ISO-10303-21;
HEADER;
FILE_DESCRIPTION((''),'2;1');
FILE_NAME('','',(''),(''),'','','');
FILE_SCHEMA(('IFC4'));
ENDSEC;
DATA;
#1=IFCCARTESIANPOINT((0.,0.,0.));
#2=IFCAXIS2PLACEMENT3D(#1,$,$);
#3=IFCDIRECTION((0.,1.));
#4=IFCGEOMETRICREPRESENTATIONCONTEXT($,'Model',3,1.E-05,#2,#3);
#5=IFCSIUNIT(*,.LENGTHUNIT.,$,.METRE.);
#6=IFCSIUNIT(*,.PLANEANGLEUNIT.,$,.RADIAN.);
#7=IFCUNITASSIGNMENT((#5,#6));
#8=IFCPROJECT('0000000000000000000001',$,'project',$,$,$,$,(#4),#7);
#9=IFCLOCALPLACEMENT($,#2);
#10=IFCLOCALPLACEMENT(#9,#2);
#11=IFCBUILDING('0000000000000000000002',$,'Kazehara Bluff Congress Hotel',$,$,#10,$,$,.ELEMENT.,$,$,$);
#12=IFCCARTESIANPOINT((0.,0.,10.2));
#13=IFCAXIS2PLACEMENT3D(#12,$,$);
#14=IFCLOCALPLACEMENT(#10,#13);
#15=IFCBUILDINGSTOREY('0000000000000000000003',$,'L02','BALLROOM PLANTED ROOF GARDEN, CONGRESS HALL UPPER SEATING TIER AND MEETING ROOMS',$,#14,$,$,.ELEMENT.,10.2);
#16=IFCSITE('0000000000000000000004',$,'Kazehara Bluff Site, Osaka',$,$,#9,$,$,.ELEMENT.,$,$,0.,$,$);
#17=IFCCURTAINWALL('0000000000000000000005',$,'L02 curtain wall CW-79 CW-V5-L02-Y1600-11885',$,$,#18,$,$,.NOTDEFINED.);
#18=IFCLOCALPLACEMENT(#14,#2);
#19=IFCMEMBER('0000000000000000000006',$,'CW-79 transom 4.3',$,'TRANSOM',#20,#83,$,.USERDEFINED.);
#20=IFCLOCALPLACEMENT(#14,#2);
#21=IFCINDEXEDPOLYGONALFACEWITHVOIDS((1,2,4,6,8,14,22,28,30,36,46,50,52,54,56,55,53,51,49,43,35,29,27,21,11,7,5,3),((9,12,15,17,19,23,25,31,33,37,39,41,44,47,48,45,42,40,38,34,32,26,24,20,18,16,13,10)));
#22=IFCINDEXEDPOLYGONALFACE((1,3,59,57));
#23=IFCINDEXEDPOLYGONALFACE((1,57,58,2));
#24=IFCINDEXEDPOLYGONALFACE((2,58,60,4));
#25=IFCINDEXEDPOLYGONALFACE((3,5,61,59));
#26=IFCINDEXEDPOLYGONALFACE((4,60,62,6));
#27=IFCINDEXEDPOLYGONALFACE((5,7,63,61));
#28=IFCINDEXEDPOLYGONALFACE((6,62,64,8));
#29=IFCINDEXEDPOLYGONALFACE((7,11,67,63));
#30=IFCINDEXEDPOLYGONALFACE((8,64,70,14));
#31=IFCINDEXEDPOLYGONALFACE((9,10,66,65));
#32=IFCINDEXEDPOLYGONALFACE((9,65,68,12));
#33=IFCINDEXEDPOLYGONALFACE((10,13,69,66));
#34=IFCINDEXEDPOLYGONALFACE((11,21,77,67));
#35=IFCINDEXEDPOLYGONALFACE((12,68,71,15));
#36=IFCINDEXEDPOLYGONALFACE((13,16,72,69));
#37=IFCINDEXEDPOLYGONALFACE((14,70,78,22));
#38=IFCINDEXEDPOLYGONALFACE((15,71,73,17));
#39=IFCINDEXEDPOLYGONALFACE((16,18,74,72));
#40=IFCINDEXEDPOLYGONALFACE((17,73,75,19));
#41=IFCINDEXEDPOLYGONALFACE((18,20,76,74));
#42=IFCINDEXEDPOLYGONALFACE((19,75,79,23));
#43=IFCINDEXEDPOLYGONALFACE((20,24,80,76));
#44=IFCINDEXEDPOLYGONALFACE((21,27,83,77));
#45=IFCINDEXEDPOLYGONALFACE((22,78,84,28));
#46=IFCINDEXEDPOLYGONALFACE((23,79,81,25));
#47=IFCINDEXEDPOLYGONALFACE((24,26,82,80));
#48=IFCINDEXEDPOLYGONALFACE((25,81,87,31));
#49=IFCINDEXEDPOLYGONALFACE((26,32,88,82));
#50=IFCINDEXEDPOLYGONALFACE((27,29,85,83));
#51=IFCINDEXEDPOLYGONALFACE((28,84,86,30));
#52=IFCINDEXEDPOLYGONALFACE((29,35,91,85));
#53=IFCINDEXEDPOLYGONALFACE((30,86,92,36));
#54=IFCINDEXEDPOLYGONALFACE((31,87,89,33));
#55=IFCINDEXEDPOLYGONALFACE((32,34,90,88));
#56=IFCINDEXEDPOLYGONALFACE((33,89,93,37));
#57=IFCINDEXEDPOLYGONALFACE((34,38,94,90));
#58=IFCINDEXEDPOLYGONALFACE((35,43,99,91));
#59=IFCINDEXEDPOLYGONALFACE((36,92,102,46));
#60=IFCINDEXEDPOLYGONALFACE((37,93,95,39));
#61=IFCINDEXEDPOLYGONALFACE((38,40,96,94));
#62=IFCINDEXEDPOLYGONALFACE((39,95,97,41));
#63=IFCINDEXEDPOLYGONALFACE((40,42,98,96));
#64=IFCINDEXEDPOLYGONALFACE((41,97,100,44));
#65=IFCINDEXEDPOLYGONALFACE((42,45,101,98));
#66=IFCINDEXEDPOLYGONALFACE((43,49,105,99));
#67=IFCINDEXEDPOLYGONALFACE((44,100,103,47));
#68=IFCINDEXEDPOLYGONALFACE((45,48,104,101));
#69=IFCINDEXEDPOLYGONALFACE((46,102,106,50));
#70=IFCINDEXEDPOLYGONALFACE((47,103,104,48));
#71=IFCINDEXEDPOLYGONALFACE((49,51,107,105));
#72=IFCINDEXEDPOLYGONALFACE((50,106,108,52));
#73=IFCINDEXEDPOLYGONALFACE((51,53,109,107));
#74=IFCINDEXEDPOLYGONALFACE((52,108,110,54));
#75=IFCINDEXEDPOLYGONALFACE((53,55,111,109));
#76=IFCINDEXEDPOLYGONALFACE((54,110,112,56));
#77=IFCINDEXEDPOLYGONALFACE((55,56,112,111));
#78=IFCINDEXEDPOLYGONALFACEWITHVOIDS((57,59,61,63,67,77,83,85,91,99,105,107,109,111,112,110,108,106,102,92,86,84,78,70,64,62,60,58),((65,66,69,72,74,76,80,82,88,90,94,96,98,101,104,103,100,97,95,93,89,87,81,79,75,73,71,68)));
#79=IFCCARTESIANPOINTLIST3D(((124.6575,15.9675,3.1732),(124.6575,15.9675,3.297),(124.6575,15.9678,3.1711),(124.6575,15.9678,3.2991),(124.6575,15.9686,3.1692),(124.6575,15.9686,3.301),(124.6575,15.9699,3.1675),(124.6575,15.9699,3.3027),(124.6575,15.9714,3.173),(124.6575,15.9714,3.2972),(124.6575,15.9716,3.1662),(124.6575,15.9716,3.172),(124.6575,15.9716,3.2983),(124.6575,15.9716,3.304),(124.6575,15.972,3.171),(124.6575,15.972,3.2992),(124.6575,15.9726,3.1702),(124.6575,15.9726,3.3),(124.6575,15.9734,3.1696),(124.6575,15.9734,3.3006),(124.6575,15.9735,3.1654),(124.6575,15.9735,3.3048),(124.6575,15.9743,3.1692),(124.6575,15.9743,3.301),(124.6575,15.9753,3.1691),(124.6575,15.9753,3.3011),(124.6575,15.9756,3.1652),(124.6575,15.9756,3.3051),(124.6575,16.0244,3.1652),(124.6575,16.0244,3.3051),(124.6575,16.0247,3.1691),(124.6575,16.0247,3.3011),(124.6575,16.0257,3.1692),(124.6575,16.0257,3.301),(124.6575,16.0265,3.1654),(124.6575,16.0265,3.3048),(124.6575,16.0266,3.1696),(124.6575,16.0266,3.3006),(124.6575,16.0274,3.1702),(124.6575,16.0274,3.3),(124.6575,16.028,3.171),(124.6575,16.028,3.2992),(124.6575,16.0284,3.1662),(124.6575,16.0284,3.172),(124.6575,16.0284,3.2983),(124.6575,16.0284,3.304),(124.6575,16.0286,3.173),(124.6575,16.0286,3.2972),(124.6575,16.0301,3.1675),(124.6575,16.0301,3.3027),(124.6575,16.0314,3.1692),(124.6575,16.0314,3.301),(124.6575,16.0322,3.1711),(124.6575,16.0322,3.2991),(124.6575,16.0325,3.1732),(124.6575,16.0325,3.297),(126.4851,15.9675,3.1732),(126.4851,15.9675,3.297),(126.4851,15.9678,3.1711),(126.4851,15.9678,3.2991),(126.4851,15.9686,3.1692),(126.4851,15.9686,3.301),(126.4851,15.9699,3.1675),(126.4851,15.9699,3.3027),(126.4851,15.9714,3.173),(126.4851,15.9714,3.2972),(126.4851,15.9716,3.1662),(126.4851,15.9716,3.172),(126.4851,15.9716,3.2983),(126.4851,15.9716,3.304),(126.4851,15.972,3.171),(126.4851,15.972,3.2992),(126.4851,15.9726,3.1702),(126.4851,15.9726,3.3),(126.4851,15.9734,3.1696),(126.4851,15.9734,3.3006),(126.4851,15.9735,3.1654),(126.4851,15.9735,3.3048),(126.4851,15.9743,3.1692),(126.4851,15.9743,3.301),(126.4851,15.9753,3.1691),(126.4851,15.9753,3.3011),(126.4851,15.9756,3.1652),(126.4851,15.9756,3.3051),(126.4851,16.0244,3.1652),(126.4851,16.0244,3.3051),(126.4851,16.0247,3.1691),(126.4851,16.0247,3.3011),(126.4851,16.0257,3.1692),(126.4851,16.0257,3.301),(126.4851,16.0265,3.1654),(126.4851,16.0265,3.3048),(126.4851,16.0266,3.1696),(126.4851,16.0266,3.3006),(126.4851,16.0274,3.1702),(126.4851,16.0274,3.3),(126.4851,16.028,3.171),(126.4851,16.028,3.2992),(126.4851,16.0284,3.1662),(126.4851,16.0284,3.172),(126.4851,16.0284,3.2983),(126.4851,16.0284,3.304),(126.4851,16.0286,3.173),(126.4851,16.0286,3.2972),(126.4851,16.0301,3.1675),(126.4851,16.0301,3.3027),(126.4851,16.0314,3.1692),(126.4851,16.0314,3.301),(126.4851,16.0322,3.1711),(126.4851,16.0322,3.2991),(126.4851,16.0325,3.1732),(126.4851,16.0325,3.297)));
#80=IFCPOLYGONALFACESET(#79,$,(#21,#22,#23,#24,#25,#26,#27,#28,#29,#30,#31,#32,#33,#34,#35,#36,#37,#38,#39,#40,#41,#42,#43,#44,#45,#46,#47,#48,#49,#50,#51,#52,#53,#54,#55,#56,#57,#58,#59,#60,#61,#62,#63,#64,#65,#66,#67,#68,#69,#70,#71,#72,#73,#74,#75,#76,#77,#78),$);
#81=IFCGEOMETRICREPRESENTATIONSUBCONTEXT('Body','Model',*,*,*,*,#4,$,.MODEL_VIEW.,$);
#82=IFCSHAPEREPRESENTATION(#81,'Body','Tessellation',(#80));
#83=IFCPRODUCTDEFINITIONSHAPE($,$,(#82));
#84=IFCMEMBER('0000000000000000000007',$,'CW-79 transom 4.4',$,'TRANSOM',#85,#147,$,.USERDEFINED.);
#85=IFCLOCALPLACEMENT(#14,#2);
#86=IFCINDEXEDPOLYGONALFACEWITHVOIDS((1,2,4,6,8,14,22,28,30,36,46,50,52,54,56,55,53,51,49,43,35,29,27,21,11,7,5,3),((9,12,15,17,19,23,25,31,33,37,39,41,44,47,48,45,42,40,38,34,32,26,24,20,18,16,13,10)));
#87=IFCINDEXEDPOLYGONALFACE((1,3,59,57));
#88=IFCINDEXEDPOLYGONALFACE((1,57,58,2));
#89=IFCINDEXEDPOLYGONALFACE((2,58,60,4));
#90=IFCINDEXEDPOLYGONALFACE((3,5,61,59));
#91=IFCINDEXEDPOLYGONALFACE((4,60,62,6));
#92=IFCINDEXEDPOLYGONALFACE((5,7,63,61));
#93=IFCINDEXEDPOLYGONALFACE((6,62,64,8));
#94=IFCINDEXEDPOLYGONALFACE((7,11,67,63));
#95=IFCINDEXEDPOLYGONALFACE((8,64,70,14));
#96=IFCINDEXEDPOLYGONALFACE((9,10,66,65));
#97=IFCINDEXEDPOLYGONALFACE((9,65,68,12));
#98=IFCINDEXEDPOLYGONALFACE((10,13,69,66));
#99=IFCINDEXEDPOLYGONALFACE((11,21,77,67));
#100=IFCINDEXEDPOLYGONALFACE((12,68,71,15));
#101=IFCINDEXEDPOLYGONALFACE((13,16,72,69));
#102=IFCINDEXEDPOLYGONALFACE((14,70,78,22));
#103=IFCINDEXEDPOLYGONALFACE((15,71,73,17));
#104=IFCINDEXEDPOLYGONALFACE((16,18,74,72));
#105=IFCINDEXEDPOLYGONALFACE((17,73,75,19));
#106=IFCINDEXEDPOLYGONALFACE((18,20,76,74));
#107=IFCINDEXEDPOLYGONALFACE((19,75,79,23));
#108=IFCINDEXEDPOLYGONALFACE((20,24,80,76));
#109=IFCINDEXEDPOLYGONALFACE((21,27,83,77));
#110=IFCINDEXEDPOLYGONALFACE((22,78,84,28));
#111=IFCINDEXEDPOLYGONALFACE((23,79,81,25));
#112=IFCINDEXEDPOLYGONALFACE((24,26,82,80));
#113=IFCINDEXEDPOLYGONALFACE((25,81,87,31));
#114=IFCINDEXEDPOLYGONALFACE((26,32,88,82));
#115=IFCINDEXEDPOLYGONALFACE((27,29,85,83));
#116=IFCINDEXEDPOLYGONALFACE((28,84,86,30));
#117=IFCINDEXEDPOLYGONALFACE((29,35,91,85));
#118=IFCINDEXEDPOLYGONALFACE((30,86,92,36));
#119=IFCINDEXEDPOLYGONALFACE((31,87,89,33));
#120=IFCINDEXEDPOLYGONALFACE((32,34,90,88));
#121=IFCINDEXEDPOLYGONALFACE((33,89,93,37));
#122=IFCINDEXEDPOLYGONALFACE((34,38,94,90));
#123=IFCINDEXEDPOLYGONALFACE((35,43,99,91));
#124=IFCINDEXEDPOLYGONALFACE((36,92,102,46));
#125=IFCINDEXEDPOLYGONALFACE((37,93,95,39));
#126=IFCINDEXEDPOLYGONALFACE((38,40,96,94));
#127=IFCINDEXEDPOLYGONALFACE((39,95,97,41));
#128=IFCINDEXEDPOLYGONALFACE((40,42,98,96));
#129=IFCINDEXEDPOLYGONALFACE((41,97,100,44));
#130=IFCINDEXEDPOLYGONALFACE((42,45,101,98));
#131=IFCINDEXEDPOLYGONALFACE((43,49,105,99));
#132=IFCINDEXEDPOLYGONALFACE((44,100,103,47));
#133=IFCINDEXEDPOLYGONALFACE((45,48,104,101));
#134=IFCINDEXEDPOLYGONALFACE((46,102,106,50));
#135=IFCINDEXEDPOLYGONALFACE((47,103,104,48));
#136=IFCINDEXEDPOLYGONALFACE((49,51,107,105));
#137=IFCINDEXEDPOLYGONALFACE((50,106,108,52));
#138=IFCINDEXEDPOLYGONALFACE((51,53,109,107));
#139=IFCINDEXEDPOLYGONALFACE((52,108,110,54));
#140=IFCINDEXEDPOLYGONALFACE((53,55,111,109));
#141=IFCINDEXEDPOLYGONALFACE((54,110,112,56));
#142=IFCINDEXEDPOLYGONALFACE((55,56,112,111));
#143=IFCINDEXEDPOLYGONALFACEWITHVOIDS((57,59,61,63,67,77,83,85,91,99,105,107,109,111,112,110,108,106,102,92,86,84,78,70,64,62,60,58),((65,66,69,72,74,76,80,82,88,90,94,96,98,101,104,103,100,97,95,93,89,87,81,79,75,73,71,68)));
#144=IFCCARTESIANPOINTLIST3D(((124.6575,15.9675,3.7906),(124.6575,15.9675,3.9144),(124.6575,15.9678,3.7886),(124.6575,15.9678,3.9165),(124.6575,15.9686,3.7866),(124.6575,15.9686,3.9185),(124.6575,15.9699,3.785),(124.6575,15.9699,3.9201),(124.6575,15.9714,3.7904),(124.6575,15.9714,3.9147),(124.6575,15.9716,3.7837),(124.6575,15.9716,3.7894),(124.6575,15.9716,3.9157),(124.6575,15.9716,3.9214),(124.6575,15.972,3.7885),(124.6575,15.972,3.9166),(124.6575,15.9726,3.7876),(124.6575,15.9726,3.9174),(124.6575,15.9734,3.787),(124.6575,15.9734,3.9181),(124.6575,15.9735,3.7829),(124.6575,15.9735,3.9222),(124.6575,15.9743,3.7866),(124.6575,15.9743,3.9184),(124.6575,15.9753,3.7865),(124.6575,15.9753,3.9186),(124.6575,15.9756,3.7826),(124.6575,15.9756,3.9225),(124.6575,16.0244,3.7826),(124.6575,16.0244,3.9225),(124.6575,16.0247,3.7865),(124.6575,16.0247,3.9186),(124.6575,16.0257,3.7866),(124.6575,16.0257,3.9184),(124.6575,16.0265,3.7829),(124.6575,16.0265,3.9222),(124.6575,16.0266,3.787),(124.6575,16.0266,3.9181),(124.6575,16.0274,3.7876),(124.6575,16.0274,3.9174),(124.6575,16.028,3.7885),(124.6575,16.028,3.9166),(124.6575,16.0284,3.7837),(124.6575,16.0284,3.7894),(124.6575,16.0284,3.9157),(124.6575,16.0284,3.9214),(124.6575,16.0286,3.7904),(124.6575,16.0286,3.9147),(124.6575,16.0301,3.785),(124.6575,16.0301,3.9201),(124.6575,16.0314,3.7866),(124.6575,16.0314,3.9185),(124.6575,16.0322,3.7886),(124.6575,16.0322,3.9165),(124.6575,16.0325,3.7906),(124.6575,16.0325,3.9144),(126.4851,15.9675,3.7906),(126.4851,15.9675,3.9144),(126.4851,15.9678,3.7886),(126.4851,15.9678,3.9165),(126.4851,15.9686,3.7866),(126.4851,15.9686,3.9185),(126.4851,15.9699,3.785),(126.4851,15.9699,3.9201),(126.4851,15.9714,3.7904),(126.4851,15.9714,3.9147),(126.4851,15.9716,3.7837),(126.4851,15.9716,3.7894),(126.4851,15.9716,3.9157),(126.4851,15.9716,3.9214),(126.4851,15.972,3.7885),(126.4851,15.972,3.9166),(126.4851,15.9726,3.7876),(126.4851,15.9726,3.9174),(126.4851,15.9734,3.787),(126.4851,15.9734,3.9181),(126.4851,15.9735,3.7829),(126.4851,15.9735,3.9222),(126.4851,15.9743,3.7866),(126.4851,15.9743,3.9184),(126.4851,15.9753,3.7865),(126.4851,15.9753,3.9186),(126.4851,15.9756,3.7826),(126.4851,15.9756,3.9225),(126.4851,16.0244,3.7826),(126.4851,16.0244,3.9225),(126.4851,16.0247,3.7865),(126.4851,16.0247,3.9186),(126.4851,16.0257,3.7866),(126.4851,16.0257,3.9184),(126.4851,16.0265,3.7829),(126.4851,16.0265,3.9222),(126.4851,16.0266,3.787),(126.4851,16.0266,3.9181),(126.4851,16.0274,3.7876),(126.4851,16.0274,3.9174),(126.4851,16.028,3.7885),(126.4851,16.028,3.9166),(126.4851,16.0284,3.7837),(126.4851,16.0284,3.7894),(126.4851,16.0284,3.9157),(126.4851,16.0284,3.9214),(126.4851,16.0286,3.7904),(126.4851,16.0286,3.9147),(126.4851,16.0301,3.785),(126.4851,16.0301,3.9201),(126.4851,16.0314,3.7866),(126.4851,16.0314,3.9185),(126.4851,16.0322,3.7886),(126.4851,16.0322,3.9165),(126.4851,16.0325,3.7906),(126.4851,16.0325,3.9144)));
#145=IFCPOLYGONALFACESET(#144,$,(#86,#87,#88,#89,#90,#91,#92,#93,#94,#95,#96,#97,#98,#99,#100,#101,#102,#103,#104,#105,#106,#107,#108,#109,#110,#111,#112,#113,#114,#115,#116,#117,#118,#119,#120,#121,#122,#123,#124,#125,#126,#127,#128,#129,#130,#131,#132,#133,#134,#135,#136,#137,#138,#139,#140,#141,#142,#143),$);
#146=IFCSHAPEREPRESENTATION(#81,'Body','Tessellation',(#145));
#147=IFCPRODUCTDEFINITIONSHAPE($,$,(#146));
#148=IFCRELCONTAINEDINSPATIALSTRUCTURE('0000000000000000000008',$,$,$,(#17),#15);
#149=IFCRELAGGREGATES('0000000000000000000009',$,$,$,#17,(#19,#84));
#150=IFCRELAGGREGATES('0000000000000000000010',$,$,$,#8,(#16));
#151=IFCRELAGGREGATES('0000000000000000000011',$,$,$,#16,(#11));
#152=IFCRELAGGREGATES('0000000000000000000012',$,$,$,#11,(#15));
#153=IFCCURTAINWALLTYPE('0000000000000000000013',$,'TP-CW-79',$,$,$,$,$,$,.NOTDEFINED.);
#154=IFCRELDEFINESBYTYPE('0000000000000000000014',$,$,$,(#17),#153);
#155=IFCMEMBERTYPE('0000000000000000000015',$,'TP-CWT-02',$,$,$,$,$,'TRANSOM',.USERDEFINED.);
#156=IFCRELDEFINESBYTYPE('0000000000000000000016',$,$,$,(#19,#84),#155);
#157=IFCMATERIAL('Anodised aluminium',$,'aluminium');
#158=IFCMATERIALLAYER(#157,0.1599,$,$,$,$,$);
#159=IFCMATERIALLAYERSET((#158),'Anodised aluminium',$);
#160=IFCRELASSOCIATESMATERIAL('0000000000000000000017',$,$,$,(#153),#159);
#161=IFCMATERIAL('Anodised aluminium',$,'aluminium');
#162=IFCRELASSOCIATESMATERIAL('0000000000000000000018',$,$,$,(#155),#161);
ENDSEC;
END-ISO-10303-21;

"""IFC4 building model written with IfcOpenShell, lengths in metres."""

from ifc_helpers import new_model, si_unit, direction, frame, origin, origin_2d, place, context, subcontext, project, spatial, hollow_rectangle, extrude, material, layer, layer_set, material_profile, profile_set, type_object, element, aggregate, save


model = new_model("IFC4")

# Units and contexts
model_context = context("Model", 3, precision=1e-05, world=origin(), true_north=direction((0.0, 1.0)))
body_context = subcontext(model_context, "Body", "Model", "MODEL_VIEW")
ifc_project = project(units=[si_unit("LENGTHUNIT", "METRE"), si_unit("PLANEANGLEUNIT", "RADIAN")], contexts=[model_context])

# Site, building, storey
site_placement = place(None, origin())
site = spatial("IfcSite", under=ifc_project, at=site_placement, Name="Kazehara Bluff Site, Osaka", CompositionType="ELEMENT", RefElevation=0.0)
building_placement = place(site_placement, origin())
building = spatial("IfcBuilding", under=site, at=building_placement, Name="Kazehara Bluff Congress Hotel", CompositionType="ELEMENT")
storey_placement = place(building_placement, frame((0.0, 0.0, 10.2)))
storey = spatial("IfcBuildingStorey", under=building, at=storey_placement, Name="L02", Description="BALLROOM PLANTED ROOF GARDEN, CONGRESS HALL UPPER SEATING TIER AND MEETING ROOMS", CompositionType="ELEMENT", Elevation=10.2)

# Curtain wall
ifc_material_1 = material(Name="Anodised aluminium", Category="aluminium")
ifc_layer_1 = layer(ifc_material_1, 0.1599)
ifc_layer_set_1 = layer_set([ifc_layer_1], Name="Anodised aluminium")
curtain_wall_type = type_object("IfcCurtainWallType", Name="TP-CW-79", PredefinedType="NOTDEFINED", material=ifc_layer_set_1)
curtain_wall_1_placement = place(storey_placement, origin())
curtain_wall_1 = element("IfcCurtainWall", 1, at=curtain_wall_1_placement, inside=storey, type_object=curtain_wall_type, Name="L02 curtain wall CW-79 CW-V5-L02-Y1600-11885", PredefinedType="NOTDEFINED")

# Members
ifc_material_2 = material(Name="Anodised aluminium", Category="aluminium")
ifc_material_profile_1 = material_profile(ifc_material_2, hollow_rectangle(XDim=0.0649, YDim=0.1399, WallThickness=0.0039, InnerFilletRadius=0.0039, OuterFilletRadius=0.0081, at=origin_2d()))
ifc_profile_set_1 = profile_set([ifc_material_profile_1], Name="Anodised aluminium")
member_type_1 = type_object("IfcMemberType", Name="TP-CWT-02", ElementType="TRANSOM", PredefinedType="USERDEFINED", material=ifc_profile_set_1)
member_1_placement = place(storey_placement, frame((124.6575, 16.0, 3.2351), z_axis=(1.0, 0.0, 0.0), x_axis=(0.0, 1.0, 0.0)))
member_1 = element("IfcMember", 2, at=member_1_placement, type_object=member_type_1, Name="CW-79 transom 4.3", ObjectType="TRANSOM", PredefinedType="USERDEFINED", context=body_context, shape_type="SweptSolid", body=[
    extrude(hollow_rectangle(XDim=0.0649, YDim=0.1399, WallThickness=0.0039, InnerFilletRadius=0.0039, OuterFilletRadius=0.0081, at=origin_2d()), origin(), (0.0, 0.0, 1.0), 1.8276),
])
member_2_placement = place(storey_placement, frame((124.6575, 16.0, 3.8525), z_axis=(1.0, 0.0, 0.0), x_axis=(0.0, 1.0, 0.0)))
member_2 = element("IfcMember", 3, at=member_2_placement, type_object=member_type_1, Name="CW-79 transom 4.4", ObjectType="TRANSOM", PredefinedType="USERDEFINED", context=body_context, shape_type="SweptSolid", body=[
    extrude(hollow_rectangle(XDim=0.0649, YDim=0.1399, WallThickness=0.0039, InnerFilletRadius=0.0039, OuterFilletRadius=0.0081, at=origin_2d()), origin(), (0.0, 0.0, 1.0), 1.8276),
])

aggregate(curtain_wall_1, [member_1, member_2])

save(model, "model.ifc")
